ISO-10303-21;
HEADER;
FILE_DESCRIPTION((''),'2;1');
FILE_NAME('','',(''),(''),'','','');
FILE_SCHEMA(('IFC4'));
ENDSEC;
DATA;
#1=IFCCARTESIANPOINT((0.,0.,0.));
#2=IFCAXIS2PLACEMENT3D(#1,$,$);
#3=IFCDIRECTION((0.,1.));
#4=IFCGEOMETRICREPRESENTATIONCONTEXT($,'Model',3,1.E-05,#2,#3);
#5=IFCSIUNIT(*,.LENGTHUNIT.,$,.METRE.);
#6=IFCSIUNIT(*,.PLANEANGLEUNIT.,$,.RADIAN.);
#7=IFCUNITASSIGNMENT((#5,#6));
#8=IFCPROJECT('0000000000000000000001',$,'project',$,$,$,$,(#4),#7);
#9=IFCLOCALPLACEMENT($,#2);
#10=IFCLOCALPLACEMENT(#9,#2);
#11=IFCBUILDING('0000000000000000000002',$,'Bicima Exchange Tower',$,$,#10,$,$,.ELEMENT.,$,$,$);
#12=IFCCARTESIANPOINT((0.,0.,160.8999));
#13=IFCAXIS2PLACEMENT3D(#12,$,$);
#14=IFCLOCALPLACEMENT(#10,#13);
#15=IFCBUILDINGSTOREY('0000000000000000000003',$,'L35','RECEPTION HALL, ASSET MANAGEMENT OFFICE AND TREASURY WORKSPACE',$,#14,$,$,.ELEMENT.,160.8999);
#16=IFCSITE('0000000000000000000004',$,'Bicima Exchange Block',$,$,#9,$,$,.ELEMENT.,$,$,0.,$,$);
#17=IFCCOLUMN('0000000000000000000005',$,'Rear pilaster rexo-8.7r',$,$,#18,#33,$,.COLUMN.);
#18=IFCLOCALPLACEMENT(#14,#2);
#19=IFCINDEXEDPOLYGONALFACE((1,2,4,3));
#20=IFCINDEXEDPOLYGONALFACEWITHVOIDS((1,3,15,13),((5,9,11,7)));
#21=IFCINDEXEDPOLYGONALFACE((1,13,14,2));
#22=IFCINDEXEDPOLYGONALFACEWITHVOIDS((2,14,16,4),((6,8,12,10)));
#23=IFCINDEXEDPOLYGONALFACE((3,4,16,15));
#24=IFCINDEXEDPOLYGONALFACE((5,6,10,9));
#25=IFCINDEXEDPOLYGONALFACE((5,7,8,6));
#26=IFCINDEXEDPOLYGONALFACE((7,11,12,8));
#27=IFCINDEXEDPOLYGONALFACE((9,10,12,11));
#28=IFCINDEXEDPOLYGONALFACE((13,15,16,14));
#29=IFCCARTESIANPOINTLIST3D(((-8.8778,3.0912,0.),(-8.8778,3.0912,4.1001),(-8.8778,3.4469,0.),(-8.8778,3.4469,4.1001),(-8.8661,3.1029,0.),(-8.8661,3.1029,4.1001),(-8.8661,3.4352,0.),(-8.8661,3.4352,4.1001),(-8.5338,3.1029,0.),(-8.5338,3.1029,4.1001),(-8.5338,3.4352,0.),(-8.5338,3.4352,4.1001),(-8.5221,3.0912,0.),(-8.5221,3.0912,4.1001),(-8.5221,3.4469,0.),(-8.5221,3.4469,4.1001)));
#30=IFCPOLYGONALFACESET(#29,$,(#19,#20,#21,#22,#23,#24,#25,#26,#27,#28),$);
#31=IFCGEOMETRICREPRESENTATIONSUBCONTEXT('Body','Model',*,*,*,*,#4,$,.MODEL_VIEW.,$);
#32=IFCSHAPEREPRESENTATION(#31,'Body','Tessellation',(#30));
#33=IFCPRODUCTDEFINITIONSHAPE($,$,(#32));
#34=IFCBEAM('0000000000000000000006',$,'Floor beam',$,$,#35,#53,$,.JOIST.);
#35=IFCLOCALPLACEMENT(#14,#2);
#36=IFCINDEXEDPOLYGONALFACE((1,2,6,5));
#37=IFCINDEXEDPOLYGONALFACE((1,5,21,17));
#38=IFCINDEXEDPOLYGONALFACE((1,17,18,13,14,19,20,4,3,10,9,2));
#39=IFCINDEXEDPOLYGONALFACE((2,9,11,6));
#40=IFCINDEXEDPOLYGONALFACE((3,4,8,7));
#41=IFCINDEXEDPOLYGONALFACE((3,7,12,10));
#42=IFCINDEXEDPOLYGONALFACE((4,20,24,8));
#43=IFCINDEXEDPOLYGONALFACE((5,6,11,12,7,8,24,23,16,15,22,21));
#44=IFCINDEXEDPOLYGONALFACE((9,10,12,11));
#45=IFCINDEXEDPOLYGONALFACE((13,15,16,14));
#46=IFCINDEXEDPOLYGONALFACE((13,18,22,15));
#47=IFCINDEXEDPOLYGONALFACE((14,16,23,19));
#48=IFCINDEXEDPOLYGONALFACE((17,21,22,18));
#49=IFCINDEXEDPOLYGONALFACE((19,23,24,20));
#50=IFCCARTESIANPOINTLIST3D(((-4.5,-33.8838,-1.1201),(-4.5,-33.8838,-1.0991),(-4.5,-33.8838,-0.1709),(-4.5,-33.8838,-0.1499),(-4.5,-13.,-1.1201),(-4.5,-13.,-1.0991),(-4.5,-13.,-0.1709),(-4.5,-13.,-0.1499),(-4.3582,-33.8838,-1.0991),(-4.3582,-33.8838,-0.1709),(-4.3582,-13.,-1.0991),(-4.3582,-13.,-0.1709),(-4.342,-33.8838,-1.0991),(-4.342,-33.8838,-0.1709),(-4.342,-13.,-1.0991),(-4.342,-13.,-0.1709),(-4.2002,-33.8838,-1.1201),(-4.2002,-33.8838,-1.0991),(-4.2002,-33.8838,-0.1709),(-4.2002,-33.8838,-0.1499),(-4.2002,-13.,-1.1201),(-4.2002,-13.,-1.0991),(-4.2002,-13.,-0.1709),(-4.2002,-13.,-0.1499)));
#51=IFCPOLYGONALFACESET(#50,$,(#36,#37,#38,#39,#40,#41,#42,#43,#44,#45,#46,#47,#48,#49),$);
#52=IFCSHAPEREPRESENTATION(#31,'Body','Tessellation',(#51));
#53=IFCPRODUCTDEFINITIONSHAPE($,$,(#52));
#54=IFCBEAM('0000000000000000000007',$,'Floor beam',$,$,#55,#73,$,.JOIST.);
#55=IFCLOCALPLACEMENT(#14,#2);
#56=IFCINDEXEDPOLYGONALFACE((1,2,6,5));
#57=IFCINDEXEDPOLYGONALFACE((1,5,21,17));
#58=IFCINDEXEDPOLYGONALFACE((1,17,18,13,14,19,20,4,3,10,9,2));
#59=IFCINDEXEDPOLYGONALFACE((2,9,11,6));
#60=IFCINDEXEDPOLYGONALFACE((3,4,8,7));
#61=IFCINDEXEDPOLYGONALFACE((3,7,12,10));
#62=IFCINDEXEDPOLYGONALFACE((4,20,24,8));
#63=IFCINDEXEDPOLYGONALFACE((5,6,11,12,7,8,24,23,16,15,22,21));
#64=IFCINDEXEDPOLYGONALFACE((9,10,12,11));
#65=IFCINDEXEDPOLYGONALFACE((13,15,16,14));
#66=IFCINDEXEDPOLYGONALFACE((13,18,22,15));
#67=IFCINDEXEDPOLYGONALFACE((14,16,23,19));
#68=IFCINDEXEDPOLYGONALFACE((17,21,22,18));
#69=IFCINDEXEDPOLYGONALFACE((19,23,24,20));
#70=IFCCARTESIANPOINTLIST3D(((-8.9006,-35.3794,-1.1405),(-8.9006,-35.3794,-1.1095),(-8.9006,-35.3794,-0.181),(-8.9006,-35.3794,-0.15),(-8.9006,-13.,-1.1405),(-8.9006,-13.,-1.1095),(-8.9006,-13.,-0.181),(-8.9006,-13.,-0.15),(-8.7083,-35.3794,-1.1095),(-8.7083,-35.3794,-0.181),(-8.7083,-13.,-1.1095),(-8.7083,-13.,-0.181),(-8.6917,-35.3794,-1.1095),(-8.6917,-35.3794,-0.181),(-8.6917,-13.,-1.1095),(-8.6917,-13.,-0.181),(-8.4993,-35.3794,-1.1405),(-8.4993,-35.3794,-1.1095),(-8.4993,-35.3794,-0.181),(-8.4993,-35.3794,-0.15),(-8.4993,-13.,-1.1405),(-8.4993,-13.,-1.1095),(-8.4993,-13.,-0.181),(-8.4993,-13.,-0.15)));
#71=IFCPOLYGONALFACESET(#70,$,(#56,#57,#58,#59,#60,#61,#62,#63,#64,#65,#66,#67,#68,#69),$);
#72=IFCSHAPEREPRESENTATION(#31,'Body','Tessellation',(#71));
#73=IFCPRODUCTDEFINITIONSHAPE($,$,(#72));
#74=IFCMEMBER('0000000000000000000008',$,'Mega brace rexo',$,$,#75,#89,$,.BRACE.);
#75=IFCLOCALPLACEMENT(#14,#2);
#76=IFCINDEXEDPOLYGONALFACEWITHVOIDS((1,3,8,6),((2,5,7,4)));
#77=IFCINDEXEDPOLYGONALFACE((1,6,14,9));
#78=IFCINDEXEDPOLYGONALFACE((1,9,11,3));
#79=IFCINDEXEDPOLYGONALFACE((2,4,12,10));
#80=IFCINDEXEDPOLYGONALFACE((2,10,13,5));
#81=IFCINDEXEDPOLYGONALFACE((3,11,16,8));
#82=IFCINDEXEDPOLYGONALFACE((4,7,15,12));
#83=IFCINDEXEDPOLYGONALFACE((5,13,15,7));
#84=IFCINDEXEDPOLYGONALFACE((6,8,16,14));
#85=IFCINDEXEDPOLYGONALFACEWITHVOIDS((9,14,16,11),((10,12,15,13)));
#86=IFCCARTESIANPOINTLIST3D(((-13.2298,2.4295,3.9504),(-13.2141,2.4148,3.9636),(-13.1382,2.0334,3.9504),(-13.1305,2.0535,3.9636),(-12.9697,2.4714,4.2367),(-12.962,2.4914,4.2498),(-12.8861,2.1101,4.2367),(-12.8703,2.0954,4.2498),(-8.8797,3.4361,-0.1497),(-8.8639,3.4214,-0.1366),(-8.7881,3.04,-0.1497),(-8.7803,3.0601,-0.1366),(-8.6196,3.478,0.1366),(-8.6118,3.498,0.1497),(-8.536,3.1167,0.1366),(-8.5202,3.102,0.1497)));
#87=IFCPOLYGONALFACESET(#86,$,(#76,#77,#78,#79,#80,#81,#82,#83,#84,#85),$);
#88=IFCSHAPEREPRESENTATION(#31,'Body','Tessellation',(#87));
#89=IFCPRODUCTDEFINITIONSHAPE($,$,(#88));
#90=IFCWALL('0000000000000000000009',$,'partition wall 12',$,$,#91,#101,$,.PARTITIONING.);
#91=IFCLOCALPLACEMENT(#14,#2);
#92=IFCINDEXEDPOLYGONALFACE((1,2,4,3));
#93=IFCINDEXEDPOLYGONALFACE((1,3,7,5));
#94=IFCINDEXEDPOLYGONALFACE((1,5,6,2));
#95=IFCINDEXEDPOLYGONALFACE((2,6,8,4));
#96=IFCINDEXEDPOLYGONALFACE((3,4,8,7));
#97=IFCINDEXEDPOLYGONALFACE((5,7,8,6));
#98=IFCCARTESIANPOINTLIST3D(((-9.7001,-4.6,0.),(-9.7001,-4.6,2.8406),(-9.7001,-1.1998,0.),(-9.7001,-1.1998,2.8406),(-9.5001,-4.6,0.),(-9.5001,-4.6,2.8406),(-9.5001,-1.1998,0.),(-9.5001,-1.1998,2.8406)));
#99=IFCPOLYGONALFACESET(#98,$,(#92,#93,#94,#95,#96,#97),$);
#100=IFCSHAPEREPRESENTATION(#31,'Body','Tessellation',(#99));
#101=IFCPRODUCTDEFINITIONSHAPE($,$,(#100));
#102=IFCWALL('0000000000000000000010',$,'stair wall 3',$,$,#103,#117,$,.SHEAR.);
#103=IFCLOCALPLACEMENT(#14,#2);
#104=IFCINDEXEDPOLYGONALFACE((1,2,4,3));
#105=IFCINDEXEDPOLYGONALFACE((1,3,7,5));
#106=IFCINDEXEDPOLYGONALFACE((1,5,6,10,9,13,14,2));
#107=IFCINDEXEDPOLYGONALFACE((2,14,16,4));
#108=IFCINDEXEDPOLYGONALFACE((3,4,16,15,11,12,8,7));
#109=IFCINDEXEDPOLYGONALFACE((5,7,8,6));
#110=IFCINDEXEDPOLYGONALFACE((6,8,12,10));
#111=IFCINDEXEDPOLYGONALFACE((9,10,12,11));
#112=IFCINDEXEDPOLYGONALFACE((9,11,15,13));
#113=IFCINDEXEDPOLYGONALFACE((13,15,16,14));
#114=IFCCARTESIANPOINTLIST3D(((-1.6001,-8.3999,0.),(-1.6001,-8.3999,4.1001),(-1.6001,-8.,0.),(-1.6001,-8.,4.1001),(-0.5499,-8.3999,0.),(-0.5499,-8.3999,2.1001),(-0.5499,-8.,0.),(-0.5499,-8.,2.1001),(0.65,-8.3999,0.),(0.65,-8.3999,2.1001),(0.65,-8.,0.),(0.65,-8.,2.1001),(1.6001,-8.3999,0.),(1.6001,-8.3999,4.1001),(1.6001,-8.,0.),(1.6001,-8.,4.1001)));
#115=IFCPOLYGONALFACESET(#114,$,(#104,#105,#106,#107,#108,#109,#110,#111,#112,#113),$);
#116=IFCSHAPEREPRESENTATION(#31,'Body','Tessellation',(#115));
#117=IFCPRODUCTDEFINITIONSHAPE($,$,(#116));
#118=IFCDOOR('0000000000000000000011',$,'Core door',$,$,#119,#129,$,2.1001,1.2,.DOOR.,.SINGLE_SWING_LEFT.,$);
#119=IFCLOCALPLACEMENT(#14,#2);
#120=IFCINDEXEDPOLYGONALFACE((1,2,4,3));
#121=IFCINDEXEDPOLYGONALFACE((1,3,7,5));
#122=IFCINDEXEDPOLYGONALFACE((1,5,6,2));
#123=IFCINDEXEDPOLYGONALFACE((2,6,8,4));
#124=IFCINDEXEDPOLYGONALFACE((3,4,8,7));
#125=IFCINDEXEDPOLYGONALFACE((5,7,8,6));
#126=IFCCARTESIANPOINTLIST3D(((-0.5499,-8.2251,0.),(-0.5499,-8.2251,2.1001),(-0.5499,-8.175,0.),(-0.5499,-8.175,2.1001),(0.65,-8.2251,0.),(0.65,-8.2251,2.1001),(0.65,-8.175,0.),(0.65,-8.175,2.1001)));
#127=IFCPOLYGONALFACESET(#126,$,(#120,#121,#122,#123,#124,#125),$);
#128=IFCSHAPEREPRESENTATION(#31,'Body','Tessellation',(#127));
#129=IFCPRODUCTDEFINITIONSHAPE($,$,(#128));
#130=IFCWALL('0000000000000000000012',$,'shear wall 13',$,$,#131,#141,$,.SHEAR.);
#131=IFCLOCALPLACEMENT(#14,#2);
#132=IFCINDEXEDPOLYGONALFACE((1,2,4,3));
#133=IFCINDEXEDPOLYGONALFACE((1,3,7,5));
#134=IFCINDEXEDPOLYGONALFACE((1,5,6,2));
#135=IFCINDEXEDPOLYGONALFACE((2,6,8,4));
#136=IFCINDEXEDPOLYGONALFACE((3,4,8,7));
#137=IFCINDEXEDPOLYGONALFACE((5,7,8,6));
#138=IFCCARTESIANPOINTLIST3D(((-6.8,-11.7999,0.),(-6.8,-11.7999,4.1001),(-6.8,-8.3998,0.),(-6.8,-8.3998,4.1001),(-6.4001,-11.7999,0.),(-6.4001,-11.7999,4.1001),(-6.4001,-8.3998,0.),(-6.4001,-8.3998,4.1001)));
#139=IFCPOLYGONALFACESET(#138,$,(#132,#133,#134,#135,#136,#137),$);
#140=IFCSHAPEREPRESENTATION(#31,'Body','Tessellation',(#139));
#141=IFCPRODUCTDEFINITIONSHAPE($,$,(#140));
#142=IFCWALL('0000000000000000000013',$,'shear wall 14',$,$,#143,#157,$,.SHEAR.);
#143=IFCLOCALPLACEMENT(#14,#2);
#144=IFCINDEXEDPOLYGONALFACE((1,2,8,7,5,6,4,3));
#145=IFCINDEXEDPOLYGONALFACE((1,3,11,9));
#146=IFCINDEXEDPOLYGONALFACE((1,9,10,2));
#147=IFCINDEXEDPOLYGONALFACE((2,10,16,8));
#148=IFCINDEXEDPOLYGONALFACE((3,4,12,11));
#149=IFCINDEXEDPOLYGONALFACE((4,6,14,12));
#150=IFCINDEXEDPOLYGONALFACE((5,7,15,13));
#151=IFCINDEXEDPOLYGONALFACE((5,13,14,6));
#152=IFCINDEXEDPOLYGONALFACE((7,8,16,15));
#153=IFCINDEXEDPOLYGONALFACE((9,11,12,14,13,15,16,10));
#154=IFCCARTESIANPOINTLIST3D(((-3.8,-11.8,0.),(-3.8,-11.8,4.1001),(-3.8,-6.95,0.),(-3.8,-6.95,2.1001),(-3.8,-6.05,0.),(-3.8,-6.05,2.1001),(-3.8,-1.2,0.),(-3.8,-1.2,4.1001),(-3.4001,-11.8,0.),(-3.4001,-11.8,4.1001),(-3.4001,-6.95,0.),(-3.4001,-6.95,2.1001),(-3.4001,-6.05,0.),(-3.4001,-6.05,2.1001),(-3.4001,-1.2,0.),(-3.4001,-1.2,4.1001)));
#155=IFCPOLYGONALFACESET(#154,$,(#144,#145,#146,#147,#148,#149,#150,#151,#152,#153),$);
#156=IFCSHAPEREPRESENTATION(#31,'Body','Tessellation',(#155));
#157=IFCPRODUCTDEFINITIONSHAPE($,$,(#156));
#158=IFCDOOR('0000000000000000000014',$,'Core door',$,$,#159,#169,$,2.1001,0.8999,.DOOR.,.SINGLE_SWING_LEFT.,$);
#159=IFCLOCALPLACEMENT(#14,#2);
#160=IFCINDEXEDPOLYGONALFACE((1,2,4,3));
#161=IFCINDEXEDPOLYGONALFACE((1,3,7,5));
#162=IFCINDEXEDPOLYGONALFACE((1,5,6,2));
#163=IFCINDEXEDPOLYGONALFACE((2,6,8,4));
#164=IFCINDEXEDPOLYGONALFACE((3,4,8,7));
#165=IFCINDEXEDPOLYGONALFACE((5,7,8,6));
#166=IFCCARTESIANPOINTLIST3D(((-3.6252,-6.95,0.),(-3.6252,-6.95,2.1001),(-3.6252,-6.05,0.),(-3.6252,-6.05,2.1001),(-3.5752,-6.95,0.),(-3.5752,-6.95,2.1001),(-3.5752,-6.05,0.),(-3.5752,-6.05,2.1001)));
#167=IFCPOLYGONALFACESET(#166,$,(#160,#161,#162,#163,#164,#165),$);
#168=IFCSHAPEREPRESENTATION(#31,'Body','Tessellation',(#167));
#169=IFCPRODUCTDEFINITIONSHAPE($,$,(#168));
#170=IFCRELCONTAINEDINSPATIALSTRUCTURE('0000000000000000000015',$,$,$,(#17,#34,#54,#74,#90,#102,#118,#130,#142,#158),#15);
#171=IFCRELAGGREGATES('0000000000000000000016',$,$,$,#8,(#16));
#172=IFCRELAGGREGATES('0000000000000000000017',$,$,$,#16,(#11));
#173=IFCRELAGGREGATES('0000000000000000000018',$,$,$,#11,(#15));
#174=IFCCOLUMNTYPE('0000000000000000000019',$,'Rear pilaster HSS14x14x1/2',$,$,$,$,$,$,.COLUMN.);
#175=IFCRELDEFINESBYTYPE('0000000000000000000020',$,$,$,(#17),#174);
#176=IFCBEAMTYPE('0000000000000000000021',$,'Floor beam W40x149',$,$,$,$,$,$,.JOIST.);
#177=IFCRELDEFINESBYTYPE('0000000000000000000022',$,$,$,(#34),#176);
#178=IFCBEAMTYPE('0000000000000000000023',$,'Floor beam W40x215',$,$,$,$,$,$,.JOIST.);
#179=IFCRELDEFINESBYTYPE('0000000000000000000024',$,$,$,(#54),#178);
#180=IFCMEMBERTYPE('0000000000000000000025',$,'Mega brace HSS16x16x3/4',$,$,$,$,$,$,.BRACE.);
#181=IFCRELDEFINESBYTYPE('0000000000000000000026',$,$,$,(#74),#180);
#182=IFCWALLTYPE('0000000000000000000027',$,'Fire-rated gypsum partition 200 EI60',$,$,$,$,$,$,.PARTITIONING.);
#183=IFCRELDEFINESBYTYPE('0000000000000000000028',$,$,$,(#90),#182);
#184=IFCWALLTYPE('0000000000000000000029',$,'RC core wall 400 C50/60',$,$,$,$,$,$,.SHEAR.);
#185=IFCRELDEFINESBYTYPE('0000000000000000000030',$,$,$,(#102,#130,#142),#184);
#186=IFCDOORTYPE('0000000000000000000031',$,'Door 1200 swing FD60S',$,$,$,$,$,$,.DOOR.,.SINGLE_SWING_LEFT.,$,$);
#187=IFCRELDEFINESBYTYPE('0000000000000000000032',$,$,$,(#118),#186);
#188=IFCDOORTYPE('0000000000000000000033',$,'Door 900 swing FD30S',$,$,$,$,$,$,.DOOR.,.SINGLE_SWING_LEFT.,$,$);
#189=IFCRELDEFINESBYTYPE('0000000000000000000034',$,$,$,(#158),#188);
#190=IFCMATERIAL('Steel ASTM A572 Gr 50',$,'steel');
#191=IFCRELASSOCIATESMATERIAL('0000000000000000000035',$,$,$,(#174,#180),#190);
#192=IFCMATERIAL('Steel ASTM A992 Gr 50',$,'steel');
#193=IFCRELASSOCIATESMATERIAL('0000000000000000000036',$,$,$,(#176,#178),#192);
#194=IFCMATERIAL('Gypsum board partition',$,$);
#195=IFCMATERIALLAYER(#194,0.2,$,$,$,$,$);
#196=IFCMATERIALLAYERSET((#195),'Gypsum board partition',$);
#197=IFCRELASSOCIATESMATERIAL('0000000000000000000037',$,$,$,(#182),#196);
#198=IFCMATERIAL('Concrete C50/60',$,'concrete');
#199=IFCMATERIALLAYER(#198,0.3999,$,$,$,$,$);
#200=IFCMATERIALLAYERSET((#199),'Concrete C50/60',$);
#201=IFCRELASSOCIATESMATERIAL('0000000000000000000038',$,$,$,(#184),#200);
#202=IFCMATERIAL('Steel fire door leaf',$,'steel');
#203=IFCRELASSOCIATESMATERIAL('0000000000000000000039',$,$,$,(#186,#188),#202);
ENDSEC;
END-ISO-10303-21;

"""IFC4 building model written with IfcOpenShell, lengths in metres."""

from ifc_helpers import new_model, si_unit, direction, frame, frame_2d, origin, origin_2d, place, context, subcontext, project, spatial, rectangle, hollow_rectangle, i_section, extrude, material, layer, layer_set, material_profile, profile_set, type_object, element, fill, save


model = new_model("IFC4")

# Units and contexts
model_context = context("Model", 3, precision=1e-05, world=origin(), true_north=direction((0.0, 1.0)))
body_context = subcontext(model_context, "Body", "Model", "MODEL_VIEW")
ifc_project = project(units=[si_unit("LENGTHUNIT", "METRE"), si_unit("PLANEANGLEUNIT", "RADIAN")], contexts=[model_context])

# Site, building, storey
site_placement = place(None, origin())
site = spatial("IfcSite", under=ifc_project, at=site_placement, Name="Bicima Exchange Block", CompositionType="ELEMENT", RefElevation=0.0)
building_placement = place(site_placement, origin())
building = spatial("IfcBuilding", under=site, at=building_placement, Name="Bicima Exchange Tower", CompositionType="ELEMENT")
storey_placement = place(building_placement, frame((0.0, 0.0, 160.8999)))
storey = spatial("IfcBuildingStorey", under=building, at=storey_placement, Name="L35", Description="RECEPTION HALL, ASSET MANAGEMENT OFFICE AND TREASURY WORKSPACE", CompositionType="ELEMENT", Elevation=160.8999)

# Column
ifc_material_1 = material(Name="Steel ASTM A572 Gr 50", Category="steel")
ifc_material_profile_1 = material_profile(ifc_material_1, hollow_rectangle(XDim=0.3557, YDim=0.3557, WallThickness=0.0117, at=origin_2d()))
ifc_profile_set_1 = profile_set([ifc_material_profile_1], Name="Steel ASTM A572 Gr 50")
column_type = type_object("IfcColumnType", Name="Rear pilaster HSS14x14x1/2", PredefinedType="COLUMN", material=ifc_profile_set_1)
column_placement = place(storey_placement, frame((-8.7, 3.269, 0.0), z_axis=(0.0, 0.0, 1.0), x_axis=(1.0, 0.0, 0.0)))
element("IfcColumn", 1, at=column_placement, inside=storey, type_object=column_type, Name="Rear pilaster rexo-8.7r", PredefinedType="COLUMN", context=body_context, shape_type="SweptSolid", body=[
    extrude(hollow_rectangle(XDim=0.3557, YDim=0.3557, WallThickness=0.0117, at=origin_2d()), origin(), (0.0, 0.0, 1.0), 4.1001),
])

# Beams
ifc_material_2 = material(Name="Steel ASTM A992 Gr 50", Category="steel")
ifc_material_profile_2 = material_profile(ifc_material_2, i_section(OverallWidth=0.2998, OverallDepth=0.9702, WebThickness=0.0161, FlangeThickness=0.021, at=origin_2d()))
ifc_profile_set_2 = profile_set([ifc_material_profile_2], Name="Steel ASTM A992 Gr 50")
beam_type_1 = type_object("IfcBeamType", Name="Floor beam W40x149", PredefinedType="JOIST", material=ifc_profile_set_2)
beam_1_placement = place(storey_placement, frame((-4.3501, -13.0, -0.635), z_axis=(0.0, -1.0, 0.0), x_axis=(1.0, 0.0, 0.0)))
element("IfcBeam", 2, at=beam_1_placement, inside=storey, type_object=beam_type_1, Name="Floor beam", PredefinedType="JOIST", context=body_context, shape_type="SweptSolid", body=[
    extrude(i_section(OverallWidth=0.2998, OverallDepth=0.9702, WebThickness=0.0161, FlangeThickness=0.021, at=origin_2d()), origin(), (0.0, 0.0, 1.0), 20.8838),
])
ifc_material_profile_3 = material_profile(ifc_material_2, i_section(OverallWidth=0.4014, OverallDepth=0.9905, WebThickness=0.0166, FlangeThickness=0.031, at=origin_2d()))
ifc_profile_set_3 = profile_set([ifc_material_profile_3], Name="Steel ASTM A992 Gr 50")
beam_type_2 = type_object("IfcBeamType", Name="Floor beam W40x215", PredefinedType="JOIST", material=ifc_profile_set_3)
beam_2_placement = place(storey_placement, frame((-8.7, -13.0, -0.6453), z_axis=(0.0, -1.0, 0.0), x_axis=(1.0, 0.0, 0.0)))
element("IfcBeam", 3, at=beam_2_placement, inside=storey, type_object=beam_type_2, Name="Floor beam", PredefinedType="JOIST", context=body_context, shape_type="SweptSolid", body=[
    extrude(i_section(OverallWidth=0.4014, OverallDepth=0.9905, WebThickness=0.0166, FlangeThickness=0.031, at=origin_2d()), origin(), (0.0, 0.0, 1.0), 22.3794),
])

# Member
ifc_material_profile_4 = material_profile(ifc_material_1, hollow_rectangle(XDim=0.4065, YDim=0.4065, WallThickness=0.0178, at=origin_2d()))
ifc_profile_set_4 = profile_set([ifc_material_profile_4], Name="Steel ASTM A572 Gr 50")
member_type = type_object("IfcMemberType", Name="Mega brace HSS16x16x3/4", PredefinedType="BRACE", material=ifc_profile_set_4)
member_placement = place(storey_placement, frame((-8.7, 3.269, 0.0), z_axis=(-0.717606, -0.166051, 0.676365), x_axis=(0.225439, -0.974257, 0.0)))
element("IfcMember", 4, at=member_placement, inside=storey, type_object=member_type, Name="Mega brace rexo", PredefinedType="BRACE", context=body_context, shape_type="SweptSolid", body=[
    extrude(hollow_rectangle(XDim=0.4065, YDim=0.4065, WallThickness=0.0178, at=origin_2d()), origin(), (0.0, 0.0, 1.0), 6.062),
])

# Wall
ifc_material_3 = material(Name="Gypsum board partition")
ifc_layer_1 = layer(ifc_material_3, 0.2)
ifc_layer_set_1 = layer_set([ifc_layer_1], Name="Gypsum board partition")
wall_type_1 = type_object("IfcWallType", Name="Fire-rated gypsum partition 200 EI60", PredefinedType="PARTITIONING", material=ifc_layer_set_1)
wall_1_placement = place(storey_placement, frame((-9.6001, -4.6001, 0.0), z_axis=(0.0, 0.0, 1.0), x_axis=(0.0, 1.0, 0.0)))
element("IfcWall", 5, at=wall_1_placement, inside=storey, type_object=wall_type_1, Name="partition wall 12", PredefinedType="PARTITIONING", context=body_context, shape_type="SweptSolid", body=[
    extrude(rectangle(XDim=3.4001, YDim=0.2, at=frame_2d((1.7002, 0.0))), origin(), (0.0, 0.0, 1.0), 2.8406),
])

# Wall, opening, door
ifc_material_4 = material(Name="Concrete C50/60", Category="concrete")
ifc_layer_2 = layer(ifc_material_4, 0.3999)
ifc_layer_set_2 = layer_set([ifc_layer_2], Name="Concrete C50/60")
wall_type_2 = type_object("IfcWallType", Name="RC core wall 400 C50/60", PredefinedType="SHEAR", material=ifc_layer_set_2)
wall_2_placement = place(storey_placement, frame((-1.6001, -8.2, 0.0), z_axis=(0.0, 0.0, 1.0), x_axis=(1.0, 0.0, 0.0)))
wall_2 = element("IfcWall", 6, at=wall_2_placement, inside=storey, type_object=wall_type_2, Name="stair wall 3", PredefinedType="SHEAR", context=body_context, shape_type="SweptSolid", body=[
    extrude(rectangle(XDim=3.2002, YDim=0.3999, at=frame_2d((1.6001, 0.0))), origin(), (0.0, 0.0, 1.0), 4.1001),
])
opening_1_placement = place(wall_2_placement, frame((1.05, 0.0, 0.0)))
opening_1 = element("IfcOpeningElement", 7, at=opening_1_placement, cuts=wall_2, PredefinedType="OPENING", context=body_context, shape_type="SweptSolid", body=[
    extrude(rectangle(XDim=1.2, YDim=2.1001, at=frame_2d((0.6001, 1.05))), frame((0.0, 0.2119, 0.0), z_axis=(0.0, -1.0, 0.0), x_axis=(1.0, 0.0, 0.0)), (0.0, 0.0, 1.0), 0.4238),
])
ifc_material_5 = material(Name="Steel fire door leaf", Category="steel")
door_type_1 = type_object("IfcDoorType", Name="Door 1200 swing FD60S", OperationType="SINGLE_SWING_LEFT", PredefinedType="DOOR", material=ifc_material_5)
door_1_placement = place(opening_1_placement, origin())
door_1 = element("IfcDoor", 8, at=door_1_placement, inside=storey, type_object=door_type_1, Name="Core door", OperationType="SINGLE_SWING_LEFT", OverallHeight=2.1001, OverallWidth=1.2, PredefinedType="DOOR", context=body_context, shape_type="SweptSolid", body=[
    extrude(rectangle(XDim=1.2, YDim=2.1001, at=frame_2d((0.6001, 1.05))), frame((0.0, 0.0249, 0.0), z_axis=(0.0, -1.0, 0.0), x_axis=(1.0, 0.0, 0.0)), (0.0, 0.0, 1.0), 0.05),
])
fill(opening_1, door_1)

# Wall
wall_3_placement = place(storey_placement, frame((-6.6001, -11.8, 0.0), z_axis=(0.0, 0.0, 1.0), x_axis=(0.0, 1.0, 0.0)))
element("IfcWall", 9, at=wall_3_placement, inside=storey, type_object=wall_type_2, Name="shear wall 13", PredefinedType="SHEAR", context=body_context, shape_type="SweptSolid", body=[
    extrude(rectangle(XDim=3.4001, YDim=0.3999, at=frame_2d((1.7002, 0.0))), origin(), (0.0, 0.0, 1.0), 4.1001),
])

# Wall, opening, door
wall_4_placement = place(storey_placement, frame((-3.6001, -11.8, 0.0), z_axis=(0.0, 0.0, 1.0), x_axis=(0.0, 1.0, 0.0)))
wall_4 = element("IfcWall", 10, at=wall_4_placement, inside=storey, type_object=wall_type_2, Name="shear wall 14", PredefinedType="SHEAR", context=body_context, shape_type="SweptSolid", body=[
    extrude(rectangle(XDim=10.6001, YDim=0.3999, at=frame_2d((5.3, 0.0))), origin(), (0.0, 0.0, 1.0), 4.1001),
])
opening_2_placement = place(wall_4_placement, frame((4.8501, 0.0, 0.0)))
opening_2 = element("IfcOpeningElement", 11, at=opening_2_placement, cuts=wall_4, PredefinedType="OPENING", context=body_context, shape_type="SweptSolid", body=[
    extrude(rectangle(XDim=0.8999, YDim=2.1001, at=frame_2d((0.45, 1.05))), frame((0.0, 0.2119, 0.0), z_axis=(0.0, -1.0, 0.0), x_axis=(1.0, 0.0, 0.0)), (0.0, 0.0, 1.0), 0.4238),
])
door_type_2 = type_object("IfcDoorType", Name="Door 900 swing FD30S", OperationType="SINGLE_SWING_LEFT", PredefinedType="DOOR", material=ifc_material_5)
door_2_placement = place(opening_2_placement, frame((0.8999, 0.0, 0.0), z_axis=(0.0, 0.0, 1.0), x_axis=(-1.0, 0.0, 0.0)))
door_2 = element("IfcDoor", 12, at=door_2_placement, inside=storey, type_object=door_type_2, Name="Core door", OperationType="SINGLE_SWING_LEFT", OverallHeight=2.1001, OverallWidth=0.8999, PredefinedType="DOOR", context=body_context, shape_type="SweptSolid", body=[
    extrude(rectangle(XDim=0.8999, YDim=2.1001, at=frame_2d((0.45, 1.05))), frame((0.0, 0.0249, 0.0), z_axis=(0.0, -1.0, 0.0), x_axis=(1.0, 0.0, 0.0)), (0.0, 0.0, 1.0), 0.05),
])
fill(opening_2, door_2)

save(model, "model.ifc")
